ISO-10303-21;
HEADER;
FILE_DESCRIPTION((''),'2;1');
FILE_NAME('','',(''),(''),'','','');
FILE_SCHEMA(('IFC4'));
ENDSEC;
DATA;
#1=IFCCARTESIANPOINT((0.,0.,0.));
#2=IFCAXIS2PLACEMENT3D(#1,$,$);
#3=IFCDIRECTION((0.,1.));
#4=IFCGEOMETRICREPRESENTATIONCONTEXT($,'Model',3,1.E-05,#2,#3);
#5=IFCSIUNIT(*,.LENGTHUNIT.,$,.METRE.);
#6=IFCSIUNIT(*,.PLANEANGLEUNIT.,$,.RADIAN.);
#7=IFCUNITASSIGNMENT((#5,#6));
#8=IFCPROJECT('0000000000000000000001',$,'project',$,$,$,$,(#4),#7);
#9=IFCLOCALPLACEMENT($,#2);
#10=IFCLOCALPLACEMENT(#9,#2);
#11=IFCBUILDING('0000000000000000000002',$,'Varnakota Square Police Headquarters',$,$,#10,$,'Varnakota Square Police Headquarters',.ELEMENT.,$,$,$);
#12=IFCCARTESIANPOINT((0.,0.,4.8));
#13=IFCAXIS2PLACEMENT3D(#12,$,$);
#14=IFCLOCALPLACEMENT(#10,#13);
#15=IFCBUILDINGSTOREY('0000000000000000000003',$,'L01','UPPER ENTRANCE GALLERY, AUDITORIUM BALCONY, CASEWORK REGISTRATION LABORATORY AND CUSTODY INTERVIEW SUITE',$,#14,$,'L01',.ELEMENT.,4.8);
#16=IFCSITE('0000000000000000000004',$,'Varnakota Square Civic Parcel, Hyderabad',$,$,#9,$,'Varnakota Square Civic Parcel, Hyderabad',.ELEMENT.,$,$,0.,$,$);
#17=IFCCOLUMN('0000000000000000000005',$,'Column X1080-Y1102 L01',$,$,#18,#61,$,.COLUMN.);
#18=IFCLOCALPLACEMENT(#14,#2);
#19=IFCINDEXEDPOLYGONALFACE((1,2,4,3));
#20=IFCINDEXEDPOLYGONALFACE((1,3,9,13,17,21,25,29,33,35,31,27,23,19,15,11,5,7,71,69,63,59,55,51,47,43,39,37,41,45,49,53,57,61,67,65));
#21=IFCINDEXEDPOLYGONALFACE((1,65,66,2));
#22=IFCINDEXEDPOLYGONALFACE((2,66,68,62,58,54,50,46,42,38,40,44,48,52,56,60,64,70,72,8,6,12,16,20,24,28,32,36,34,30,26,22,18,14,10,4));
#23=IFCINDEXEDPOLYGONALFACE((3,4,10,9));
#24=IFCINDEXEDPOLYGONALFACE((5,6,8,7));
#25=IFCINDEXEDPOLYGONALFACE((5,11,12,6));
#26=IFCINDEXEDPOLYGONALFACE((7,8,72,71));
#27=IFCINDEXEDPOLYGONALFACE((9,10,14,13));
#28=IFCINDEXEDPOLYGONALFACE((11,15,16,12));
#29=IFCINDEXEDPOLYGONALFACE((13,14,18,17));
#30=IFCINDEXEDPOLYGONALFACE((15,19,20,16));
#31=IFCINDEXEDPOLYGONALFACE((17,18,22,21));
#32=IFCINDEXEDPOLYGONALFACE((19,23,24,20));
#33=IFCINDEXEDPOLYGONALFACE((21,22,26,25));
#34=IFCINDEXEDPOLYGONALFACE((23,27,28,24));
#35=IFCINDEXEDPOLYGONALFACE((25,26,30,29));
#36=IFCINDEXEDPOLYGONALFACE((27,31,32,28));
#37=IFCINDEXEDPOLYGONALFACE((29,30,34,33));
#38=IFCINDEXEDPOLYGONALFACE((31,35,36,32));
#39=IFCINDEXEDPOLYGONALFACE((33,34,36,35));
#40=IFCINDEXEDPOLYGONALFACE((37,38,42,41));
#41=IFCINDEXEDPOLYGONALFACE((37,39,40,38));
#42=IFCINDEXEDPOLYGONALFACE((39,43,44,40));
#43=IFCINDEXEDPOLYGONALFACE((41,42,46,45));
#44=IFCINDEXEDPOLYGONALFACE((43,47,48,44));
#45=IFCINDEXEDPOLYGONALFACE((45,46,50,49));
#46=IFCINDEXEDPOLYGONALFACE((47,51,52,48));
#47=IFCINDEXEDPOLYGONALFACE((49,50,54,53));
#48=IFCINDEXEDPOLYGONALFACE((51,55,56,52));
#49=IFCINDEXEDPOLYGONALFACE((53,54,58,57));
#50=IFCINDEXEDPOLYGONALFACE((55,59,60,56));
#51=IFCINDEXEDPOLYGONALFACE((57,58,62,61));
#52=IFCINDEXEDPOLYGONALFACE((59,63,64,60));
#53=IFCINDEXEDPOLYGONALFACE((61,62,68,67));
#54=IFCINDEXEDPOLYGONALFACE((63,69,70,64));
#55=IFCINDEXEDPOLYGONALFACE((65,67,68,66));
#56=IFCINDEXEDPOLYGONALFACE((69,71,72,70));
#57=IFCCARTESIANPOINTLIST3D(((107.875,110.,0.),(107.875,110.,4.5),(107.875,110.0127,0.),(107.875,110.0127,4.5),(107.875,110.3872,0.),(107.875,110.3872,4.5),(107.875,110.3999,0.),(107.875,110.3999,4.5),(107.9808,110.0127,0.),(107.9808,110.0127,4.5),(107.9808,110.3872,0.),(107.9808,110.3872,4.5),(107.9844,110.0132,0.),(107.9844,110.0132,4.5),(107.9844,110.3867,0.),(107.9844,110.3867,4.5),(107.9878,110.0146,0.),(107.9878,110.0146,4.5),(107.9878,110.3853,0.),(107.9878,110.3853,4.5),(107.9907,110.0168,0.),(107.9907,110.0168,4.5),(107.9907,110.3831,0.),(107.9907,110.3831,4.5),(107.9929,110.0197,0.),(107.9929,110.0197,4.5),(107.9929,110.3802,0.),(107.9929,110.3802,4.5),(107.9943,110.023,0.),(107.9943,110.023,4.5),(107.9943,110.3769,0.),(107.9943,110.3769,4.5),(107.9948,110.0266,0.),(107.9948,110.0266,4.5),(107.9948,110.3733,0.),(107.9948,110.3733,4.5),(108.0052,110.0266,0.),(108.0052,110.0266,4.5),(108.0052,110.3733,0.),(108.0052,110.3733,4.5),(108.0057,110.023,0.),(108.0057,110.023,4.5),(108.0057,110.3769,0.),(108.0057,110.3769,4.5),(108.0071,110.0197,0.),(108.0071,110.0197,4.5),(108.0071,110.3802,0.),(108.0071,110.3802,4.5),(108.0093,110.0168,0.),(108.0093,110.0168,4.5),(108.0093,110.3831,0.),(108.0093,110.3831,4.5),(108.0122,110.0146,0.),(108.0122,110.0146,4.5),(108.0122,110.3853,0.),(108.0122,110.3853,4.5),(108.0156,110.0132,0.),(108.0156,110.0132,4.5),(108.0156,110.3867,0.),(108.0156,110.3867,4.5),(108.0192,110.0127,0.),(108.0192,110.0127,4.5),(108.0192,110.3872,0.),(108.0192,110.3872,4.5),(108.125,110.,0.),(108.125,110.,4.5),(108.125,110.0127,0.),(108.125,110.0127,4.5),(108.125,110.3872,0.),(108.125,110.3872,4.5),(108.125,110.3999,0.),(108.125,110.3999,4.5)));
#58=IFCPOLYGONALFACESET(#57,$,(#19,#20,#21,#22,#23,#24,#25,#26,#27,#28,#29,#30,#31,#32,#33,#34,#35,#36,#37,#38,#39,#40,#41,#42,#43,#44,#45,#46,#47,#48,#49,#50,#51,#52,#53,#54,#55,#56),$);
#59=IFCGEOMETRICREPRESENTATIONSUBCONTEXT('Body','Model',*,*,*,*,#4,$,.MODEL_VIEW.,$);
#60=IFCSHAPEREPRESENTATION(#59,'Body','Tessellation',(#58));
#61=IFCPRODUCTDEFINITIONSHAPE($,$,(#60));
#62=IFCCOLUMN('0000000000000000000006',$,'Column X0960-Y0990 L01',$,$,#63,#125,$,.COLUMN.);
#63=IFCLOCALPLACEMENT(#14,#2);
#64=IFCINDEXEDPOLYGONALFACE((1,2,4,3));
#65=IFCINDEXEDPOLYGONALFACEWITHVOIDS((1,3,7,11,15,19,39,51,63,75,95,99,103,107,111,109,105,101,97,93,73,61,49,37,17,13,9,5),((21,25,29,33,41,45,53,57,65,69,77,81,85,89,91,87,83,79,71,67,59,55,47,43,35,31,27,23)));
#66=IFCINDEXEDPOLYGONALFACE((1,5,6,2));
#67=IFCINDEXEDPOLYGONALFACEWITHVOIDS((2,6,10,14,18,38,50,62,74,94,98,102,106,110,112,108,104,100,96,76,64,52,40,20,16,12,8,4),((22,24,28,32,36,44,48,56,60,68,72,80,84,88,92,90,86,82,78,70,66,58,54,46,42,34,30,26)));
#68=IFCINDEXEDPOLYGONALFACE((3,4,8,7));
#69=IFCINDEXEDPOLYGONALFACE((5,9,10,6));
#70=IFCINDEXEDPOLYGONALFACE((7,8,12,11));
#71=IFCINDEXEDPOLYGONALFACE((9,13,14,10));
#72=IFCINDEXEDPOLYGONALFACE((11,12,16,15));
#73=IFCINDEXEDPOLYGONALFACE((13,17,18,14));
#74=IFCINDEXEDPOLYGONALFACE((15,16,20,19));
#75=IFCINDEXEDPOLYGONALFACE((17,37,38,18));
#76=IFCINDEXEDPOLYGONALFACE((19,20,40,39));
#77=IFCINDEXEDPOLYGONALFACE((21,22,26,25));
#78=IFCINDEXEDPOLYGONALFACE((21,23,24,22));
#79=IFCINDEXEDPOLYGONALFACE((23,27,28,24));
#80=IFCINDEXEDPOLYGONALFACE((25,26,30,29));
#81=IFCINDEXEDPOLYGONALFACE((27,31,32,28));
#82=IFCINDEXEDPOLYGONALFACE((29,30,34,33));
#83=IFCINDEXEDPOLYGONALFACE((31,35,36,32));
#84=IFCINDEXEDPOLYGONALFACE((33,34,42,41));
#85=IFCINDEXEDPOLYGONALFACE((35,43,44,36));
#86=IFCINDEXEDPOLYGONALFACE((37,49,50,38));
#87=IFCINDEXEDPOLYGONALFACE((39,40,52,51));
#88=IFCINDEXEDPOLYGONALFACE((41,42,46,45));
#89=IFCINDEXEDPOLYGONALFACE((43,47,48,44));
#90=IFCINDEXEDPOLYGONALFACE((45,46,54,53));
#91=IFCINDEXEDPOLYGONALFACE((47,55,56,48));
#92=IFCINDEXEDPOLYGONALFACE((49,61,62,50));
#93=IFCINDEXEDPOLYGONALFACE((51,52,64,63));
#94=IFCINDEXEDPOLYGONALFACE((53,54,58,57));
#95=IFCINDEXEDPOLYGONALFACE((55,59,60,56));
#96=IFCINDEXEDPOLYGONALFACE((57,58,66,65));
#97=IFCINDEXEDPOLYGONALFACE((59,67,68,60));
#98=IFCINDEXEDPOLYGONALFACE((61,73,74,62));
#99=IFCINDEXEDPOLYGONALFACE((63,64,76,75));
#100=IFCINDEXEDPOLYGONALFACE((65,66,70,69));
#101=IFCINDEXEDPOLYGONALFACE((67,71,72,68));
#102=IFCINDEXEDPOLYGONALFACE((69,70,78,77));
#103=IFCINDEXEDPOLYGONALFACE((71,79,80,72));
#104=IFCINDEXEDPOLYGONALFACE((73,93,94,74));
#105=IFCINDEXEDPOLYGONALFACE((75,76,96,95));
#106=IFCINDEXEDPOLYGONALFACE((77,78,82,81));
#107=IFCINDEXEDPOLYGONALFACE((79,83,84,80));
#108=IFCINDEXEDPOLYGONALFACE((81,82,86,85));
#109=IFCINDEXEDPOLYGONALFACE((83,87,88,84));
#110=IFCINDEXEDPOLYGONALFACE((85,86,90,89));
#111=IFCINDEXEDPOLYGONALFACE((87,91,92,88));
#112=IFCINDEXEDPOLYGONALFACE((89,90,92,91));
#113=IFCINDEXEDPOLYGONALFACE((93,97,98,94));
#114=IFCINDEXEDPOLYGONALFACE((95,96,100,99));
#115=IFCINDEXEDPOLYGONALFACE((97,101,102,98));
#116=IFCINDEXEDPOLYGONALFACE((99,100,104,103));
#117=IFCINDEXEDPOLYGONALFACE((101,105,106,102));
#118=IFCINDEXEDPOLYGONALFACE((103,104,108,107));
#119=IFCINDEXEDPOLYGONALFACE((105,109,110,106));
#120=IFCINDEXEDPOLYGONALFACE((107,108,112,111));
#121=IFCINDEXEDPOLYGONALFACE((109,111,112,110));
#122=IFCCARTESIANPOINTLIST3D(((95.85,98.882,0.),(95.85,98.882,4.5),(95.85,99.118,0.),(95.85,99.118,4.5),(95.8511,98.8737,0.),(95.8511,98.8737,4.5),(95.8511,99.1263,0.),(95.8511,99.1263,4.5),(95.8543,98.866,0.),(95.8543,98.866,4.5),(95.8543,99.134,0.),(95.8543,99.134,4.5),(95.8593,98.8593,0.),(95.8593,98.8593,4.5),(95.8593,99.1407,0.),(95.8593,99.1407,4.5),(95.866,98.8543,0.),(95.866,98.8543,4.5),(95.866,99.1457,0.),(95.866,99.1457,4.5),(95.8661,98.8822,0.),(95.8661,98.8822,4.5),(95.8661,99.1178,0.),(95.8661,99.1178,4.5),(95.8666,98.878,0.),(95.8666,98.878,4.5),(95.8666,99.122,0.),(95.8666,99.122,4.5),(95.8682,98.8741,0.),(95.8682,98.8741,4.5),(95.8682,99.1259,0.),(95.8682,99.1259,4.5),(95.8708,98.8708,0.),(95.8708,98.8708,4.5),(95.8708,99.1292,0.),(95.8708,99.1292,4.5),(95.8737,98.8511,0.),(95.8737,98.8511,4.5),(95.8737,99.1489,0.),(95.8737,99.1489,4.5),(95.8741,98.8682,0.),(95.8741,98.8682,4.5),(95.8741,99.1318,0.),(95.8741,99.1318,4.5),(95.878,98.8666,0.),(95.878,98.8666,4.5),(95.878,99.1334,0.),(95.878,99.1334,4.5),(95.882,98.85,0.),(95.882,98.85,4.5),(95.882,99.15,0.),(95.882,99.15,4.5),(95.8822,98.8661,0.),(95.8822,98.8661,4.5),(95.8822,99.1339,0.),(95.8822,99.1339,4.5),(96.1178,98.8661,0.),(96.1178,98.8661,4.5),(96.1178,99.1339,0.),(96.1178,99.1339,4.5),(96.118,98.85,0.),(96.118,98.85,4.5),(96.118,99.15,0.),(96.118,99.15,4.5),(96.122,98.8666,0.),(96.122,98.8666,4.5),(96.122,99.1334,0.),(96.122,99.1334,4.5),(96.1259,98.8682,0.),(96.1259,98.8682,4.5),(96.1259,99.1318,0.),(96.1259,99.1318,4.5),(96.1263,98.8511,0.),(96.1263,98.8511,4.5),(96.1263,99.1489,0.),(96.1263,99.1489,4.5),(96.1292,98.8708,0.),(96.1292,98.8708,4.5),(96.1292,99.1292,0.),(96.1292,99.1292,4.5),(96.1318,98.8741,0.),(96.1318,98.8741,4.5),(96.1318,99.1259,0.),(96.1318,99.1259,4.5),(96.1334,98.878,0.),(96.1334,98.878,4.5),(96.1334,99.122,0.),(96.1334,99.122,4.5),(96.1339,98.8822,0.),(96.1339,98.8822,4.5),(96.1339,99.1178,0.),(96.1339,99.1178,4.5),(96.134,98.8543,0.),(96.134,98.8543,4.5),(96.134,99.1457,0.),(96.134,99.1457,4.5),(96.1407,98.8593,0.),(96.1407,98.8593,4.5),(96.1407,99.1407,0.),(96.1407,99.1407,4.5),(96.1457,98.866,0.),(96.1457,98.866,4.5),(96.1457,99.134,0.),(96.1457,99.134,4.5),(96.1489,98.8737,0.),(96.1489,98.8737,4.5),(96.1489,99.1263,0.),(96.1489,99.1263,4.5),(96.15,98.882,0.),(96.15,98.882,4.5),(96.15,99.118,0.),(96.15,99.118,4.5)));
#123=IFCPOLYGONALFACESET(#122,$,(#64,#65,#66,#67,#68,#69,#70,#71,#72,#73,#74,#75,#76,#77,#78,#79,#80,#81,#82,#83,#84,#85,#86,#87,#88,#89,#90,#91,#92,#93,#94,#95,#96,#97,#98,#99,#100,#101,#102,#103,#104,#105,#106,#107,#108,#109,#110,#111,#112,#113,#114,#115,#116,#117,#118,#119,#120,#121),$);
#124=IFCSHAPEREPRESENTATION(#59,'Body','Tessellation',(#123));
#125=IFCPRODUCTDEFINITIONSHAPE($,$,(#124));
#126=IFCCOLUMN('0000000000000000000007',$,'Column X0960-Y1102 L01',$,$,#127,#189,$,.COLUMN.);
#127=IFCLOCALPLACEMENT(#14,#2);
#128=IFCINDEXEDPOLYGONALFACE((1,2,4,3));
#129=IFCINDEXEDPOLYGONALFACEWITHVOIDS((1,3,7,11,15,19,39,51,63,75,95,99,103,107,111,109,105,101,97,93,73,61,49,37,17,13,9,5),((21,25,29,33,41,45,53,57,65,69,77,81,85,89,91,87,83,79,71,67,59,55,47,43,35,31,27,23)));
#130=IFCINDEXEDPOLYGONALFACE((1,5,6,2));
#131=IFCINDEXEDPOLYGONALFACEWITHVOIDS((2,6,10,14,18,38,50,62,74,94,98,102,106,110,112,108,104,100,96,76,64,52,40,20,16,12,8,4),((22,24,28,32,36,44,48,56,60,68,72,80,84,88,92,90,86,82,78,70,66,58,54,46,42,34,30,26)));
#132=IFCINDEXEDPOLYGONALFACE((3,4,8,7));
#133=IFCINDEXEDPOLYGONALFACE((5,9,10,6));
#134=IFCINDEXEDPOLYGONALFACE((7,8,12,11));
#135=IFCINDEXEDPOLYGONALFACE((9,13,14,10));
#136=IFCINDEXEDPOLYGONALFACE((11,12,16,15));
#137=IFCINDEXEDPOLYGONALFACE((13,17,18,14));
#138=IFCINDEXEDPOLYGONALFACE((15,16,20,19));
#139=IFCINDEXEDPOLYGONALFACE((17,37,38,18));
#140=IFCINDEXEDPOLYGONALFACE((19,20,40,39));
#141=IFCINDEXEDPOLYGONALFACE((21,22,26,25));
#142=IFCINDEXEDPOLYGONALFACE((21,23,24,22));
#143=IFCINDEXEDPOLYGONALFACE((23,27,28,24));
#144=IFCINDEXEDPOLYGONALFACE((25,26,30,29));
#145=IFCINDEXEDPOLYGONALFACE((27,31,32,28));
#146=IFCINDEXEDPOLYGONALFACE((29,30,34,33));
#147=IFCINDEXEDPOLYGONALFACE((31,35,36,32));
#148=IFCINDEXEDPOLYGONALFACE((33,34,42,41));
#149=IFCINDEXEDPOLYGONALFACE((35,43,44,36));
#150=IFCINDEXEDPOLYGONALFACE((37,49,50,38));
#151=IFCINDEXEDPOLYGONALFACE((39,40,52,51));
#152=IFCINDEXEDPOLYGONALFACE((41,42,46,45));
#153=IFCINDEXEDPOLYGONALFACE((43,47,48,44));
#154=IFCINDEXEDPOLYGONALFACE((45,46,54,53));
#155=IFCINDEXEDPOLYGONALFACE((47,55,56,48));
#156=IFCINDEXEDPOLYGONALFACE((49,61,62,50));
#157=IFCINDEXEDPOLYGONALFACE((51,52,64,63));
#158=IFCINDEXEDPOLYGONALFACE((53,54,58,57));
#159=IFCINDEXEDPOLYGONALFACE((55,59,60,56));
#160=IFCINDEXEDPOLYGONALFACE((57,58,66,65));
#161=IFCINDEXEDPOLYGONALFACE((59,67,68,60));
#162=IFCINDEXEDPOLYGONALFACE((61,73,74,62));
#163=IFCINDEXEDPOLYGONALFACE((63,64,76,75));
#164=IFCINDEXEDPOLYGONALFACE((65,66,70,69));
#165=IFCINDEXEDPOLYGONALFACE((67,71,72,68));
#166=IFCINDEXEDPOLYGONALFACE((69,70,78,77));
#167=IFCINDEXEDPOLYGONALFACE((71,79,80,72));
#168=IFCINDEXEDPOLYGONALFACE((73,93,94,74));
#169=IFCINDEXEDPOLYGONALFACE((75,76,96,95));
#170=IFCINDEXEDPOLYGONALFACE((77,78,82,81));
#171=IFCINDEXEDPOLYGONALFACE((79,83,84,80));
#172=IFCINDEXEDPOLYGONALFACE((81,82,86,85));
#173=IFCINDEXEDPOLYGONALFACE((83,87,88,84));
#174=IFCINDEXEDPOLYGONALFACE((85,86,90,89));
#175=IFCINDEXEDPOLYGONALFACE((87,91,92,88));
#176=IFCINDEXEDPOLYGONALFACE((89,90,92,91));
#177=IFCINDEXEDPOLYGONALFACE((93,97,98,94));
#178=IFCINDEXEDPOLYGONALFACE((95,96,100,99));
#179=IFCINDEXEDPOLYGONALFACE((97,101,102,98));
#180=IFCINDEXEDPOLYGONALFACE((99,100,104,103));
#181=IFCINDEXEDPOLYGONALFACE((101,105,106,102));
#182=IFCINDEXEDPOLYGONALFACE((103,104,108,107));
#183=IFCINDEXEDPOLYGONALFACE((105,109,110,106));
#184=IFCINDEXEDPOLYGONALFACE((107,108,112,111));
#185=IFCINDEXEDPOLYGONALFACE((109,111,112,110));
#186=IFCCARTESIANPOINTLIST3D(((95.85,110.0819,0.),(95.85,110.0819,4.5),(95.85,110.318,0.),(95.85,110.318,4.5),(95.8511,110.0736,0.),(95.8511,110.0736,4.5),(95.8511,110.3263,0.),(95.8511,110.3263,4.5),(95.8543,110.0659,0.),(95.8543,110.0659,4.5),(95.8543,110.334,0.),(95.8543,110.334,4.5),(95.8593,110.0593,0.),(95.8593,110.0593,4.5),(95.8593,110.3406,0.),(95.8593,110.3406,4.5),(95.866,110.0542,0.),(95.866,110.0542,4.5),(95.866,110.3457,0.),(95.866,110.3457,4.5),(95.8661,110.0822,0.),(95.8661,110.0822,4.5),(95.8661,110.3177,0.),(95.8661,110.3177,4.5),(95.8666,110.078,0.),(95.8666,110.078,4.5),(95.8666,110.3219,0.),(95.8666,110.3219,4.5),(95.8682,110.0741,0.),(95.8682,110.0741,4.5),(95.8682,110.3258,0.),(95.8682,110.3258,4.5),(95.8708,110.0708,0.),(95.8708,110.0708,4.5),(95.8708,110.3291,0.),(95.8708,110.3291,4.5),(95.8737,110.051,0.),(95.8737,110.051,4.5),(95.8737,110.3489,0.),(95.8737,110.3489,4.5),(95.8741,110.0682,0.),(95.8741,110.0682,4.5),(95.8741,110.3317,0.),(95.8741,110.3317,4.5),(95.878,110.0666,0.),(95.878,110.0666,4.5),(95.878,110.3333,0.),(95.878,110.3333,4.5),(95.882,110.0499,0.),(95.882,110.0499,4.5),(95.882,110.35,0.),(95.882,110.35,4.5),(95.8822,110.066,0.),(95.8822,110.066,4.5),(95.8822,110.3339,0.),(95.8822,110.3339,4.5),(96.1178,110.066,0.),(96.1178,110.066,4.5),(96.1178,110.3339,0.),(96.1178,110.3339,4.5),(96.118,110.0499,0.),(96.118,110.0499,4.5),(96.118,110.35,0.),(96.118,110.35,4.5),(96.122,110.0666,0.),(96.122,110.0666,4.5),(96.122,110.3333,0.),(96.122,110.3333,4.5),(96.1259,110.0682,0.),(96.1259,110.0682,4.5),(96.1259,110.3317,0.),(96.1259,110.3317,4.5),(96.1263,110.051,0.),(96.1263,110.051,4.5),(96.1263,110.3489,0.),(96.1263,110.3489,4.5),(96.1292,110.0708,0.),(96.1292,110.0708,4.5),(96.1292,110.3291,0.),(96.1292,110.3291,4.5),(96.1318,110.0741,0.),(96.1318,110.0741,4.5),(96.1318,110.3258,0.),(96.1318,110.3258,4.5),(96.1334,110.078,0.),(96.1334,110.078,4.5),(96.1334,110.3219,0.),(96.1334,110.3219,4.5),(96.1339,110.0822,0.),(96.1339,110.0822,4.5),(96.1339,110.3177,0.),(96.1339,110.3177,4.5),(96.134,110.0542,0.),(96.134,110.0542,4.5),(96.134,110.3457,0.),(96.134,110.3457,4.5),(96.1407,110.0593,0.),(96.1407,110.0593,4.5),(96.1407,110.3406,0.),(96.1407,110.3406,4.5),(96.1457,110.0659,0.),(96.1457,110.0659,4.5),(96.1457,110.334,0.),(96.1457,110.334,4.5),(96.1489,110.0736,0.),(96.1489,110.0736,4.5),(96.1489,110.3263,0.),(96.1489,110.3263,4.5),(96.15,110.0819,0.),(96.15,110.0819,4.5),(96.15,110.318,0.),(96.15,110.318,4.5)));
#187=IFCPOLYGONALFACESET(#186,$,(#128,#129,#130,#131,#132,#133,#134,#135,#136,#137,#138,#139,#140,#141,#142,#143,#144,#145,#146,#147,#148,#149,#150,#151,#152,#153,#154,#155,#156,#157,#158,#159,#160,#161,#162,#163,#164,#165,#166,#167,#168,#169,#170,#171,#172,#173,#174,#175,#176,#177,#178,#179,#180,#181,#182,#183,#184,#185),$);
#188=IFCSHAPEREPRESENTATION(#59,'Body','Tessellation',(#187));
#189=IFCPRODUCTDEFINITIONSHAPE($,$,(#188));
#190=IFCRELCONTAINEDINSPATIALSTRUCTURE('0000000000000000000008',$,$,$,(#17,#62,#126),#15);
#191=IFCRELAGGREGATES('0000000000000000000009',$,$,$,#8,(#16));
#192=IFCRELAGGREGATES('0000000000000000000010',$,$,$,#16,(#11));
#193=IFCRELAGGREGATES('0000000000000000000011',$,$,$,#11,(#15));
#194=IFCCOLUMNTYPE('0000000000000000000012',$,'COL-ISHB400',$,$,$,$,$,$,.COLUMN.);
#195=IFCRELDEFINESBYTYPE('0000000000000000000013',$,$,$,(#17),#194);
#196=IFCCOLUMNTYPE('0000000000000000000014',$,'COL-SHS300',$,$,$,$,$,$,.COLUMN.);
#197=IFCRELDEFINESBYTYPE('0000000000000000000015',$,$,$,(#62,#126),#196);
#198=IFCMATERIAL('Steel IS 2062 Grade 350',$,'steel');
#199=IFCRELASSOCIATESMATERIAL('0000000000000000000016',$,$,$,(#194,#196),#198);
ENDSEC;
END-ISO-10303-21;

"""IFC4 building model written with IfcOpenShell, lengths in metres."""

from ifc_helpers import new_model, si_unit, direction, frame, origin, origin_2d, place, context, subcontext, project, spatial, hollow_rectangle, i_section, extrude, material, material_profile, profile_set, type_object, element, save


model = new_model("IFC4")

# Units and contexts
model_context = context("Model", 3, precision=1e-05, world=origin(), true_north=direction((0.0, 1.0)))
body_context = subcontext(model_context, "Body", "Model", "MODEL_VIEW")
ifc_project = project(units=[si_unit("LENGTHUNIT", "METRE"), si_unit("PLANEANGLEUNIT", "RADIAN")], contexts=[model_context])

# Site, building, storey
site_placement = place(None, origin())
site = spatial("IfcSite", under=ifc_project, at=site_placement, Name="Varnakota Square Civic Parcel, Hyderabad", LongName="Varnakota Square Civic Parcel, Hyderabad", CompositionType="ELEMENT", RefElevation=0.0)
building_placement = place(site_placement, origin())
building = spatial("IfcBuilding", under=site, at=building_placement, Name="Varnakota Square Police Headquarters", LongName="Varnakota Square Police Headquarters", CompositionType="ELEMENT")
storey_placement = place(building_placement, frame((0.0, 0.0, 4.8)))
storey = spatial("IfcBuildingStorey", under=building, at=storey_placement, Name="L01", Description="UPPER ENTRANCE GALLERY, AUDITORIUM BALCONY, CASEWORK REGISTRATION LABORATORY AND CUSTODY INTERVIEW SUITE", LongName="L01", CompositionType="ELEMENT", Elevation=4.8)

# Columns
ifc_material_1 = material(Name="Steel IS 2062 Grade 350", Category="steel")
ifc_material_profile_1 = material_profile(ifc_material_1, i_section(OverallWidth=0.25, OverallDepth=0.3999, WebThickness=0.0105, FlangeThickness=0.0127, FilletRadius=0.0139, at=origin_2d()), Name="ISHB 400")
ifc_profile_set_1 = profile_set([ifc_material_profile_1], Name="Steel IS 2062 Grade 350")
column_type_1 = type_object("IfcColumnType", Name="COL-ISHB400", PredefinedType="COLUMN", material=ifc_profile_set_1)
column_placement = place(storey_placement, frame((108.0, 110.2, 0.0), z_axis=(0.0, 0.0, 1.0), x_axis=(1.0, 0.0, 0.0)))
element("IfcColumn", 1, at=column_placement, inside=storey, type_object=column_type_1, Name="Column X1080-Y1102 L01", PredefinedType="COLUMN", context=body_context, shape_type="SweptSolid", body=[
    extrude(i_section(OverallWidth=0.25, OverallDepth=0.3999, WebThickness=0.0105, FlangeThickness=0.0127, FilletRadius=0.0139, at=origin_2d()), origin(), (0.0, 0.0, 1.0), 4.5),
])
ifc_material_profile_2 = material_profile(ifc_material_1, hollow_rectangle(XDim=0.3, YDim=0.3, WallThickness=0.0161, InnerFilletRadius=0.0161, OuterFilletRadius=0.032, at=origin_2d()), Name="SHS 300x300x16")
ifc_profile_set_2 = profile_set([ifc_material_profile_2], Name="Steel IS 2062 Grade 350")
column_type_2 = type_object("IfcColumnType", Name="COL-SHS300", PredefinedType="COLUMN", material=ifc_profile_set_2)
for number, where, z_axis, x_axis, name in (
    (2, (96.0, 99.0, 0.0), (0.0, 0.0, 1.0), (1.0, 0.0, 0.0), "Column X0960-Y0990 L01"),
    (3, (96.0, 110.2, 0.0), (0.0, 0.0, 1.0), (1.0, 0.0, 0.0), "Column X0960-Y1102 L01"),
):
    element("IfcColumn", number, at=place(storey_placement, frame(where, z_axis=z_axis, x_axis=x_axis)), inside=storey, type_object=column_type_2, Name=name, PredefinedType="COLUMN", context=body_context, shape_type="SweptSolid", body=[
        extrude(hollow_rectangle(XDim=0.3, YDim=0.3, WallThickness=0.0161, InnerFilletRadius=0.0161, OuterFilletRadius=0.032, at=origin_2d()), origin(), (0.0, 0.0, 1.0), 4.5),
    ])

save(model, "model.ifc")
